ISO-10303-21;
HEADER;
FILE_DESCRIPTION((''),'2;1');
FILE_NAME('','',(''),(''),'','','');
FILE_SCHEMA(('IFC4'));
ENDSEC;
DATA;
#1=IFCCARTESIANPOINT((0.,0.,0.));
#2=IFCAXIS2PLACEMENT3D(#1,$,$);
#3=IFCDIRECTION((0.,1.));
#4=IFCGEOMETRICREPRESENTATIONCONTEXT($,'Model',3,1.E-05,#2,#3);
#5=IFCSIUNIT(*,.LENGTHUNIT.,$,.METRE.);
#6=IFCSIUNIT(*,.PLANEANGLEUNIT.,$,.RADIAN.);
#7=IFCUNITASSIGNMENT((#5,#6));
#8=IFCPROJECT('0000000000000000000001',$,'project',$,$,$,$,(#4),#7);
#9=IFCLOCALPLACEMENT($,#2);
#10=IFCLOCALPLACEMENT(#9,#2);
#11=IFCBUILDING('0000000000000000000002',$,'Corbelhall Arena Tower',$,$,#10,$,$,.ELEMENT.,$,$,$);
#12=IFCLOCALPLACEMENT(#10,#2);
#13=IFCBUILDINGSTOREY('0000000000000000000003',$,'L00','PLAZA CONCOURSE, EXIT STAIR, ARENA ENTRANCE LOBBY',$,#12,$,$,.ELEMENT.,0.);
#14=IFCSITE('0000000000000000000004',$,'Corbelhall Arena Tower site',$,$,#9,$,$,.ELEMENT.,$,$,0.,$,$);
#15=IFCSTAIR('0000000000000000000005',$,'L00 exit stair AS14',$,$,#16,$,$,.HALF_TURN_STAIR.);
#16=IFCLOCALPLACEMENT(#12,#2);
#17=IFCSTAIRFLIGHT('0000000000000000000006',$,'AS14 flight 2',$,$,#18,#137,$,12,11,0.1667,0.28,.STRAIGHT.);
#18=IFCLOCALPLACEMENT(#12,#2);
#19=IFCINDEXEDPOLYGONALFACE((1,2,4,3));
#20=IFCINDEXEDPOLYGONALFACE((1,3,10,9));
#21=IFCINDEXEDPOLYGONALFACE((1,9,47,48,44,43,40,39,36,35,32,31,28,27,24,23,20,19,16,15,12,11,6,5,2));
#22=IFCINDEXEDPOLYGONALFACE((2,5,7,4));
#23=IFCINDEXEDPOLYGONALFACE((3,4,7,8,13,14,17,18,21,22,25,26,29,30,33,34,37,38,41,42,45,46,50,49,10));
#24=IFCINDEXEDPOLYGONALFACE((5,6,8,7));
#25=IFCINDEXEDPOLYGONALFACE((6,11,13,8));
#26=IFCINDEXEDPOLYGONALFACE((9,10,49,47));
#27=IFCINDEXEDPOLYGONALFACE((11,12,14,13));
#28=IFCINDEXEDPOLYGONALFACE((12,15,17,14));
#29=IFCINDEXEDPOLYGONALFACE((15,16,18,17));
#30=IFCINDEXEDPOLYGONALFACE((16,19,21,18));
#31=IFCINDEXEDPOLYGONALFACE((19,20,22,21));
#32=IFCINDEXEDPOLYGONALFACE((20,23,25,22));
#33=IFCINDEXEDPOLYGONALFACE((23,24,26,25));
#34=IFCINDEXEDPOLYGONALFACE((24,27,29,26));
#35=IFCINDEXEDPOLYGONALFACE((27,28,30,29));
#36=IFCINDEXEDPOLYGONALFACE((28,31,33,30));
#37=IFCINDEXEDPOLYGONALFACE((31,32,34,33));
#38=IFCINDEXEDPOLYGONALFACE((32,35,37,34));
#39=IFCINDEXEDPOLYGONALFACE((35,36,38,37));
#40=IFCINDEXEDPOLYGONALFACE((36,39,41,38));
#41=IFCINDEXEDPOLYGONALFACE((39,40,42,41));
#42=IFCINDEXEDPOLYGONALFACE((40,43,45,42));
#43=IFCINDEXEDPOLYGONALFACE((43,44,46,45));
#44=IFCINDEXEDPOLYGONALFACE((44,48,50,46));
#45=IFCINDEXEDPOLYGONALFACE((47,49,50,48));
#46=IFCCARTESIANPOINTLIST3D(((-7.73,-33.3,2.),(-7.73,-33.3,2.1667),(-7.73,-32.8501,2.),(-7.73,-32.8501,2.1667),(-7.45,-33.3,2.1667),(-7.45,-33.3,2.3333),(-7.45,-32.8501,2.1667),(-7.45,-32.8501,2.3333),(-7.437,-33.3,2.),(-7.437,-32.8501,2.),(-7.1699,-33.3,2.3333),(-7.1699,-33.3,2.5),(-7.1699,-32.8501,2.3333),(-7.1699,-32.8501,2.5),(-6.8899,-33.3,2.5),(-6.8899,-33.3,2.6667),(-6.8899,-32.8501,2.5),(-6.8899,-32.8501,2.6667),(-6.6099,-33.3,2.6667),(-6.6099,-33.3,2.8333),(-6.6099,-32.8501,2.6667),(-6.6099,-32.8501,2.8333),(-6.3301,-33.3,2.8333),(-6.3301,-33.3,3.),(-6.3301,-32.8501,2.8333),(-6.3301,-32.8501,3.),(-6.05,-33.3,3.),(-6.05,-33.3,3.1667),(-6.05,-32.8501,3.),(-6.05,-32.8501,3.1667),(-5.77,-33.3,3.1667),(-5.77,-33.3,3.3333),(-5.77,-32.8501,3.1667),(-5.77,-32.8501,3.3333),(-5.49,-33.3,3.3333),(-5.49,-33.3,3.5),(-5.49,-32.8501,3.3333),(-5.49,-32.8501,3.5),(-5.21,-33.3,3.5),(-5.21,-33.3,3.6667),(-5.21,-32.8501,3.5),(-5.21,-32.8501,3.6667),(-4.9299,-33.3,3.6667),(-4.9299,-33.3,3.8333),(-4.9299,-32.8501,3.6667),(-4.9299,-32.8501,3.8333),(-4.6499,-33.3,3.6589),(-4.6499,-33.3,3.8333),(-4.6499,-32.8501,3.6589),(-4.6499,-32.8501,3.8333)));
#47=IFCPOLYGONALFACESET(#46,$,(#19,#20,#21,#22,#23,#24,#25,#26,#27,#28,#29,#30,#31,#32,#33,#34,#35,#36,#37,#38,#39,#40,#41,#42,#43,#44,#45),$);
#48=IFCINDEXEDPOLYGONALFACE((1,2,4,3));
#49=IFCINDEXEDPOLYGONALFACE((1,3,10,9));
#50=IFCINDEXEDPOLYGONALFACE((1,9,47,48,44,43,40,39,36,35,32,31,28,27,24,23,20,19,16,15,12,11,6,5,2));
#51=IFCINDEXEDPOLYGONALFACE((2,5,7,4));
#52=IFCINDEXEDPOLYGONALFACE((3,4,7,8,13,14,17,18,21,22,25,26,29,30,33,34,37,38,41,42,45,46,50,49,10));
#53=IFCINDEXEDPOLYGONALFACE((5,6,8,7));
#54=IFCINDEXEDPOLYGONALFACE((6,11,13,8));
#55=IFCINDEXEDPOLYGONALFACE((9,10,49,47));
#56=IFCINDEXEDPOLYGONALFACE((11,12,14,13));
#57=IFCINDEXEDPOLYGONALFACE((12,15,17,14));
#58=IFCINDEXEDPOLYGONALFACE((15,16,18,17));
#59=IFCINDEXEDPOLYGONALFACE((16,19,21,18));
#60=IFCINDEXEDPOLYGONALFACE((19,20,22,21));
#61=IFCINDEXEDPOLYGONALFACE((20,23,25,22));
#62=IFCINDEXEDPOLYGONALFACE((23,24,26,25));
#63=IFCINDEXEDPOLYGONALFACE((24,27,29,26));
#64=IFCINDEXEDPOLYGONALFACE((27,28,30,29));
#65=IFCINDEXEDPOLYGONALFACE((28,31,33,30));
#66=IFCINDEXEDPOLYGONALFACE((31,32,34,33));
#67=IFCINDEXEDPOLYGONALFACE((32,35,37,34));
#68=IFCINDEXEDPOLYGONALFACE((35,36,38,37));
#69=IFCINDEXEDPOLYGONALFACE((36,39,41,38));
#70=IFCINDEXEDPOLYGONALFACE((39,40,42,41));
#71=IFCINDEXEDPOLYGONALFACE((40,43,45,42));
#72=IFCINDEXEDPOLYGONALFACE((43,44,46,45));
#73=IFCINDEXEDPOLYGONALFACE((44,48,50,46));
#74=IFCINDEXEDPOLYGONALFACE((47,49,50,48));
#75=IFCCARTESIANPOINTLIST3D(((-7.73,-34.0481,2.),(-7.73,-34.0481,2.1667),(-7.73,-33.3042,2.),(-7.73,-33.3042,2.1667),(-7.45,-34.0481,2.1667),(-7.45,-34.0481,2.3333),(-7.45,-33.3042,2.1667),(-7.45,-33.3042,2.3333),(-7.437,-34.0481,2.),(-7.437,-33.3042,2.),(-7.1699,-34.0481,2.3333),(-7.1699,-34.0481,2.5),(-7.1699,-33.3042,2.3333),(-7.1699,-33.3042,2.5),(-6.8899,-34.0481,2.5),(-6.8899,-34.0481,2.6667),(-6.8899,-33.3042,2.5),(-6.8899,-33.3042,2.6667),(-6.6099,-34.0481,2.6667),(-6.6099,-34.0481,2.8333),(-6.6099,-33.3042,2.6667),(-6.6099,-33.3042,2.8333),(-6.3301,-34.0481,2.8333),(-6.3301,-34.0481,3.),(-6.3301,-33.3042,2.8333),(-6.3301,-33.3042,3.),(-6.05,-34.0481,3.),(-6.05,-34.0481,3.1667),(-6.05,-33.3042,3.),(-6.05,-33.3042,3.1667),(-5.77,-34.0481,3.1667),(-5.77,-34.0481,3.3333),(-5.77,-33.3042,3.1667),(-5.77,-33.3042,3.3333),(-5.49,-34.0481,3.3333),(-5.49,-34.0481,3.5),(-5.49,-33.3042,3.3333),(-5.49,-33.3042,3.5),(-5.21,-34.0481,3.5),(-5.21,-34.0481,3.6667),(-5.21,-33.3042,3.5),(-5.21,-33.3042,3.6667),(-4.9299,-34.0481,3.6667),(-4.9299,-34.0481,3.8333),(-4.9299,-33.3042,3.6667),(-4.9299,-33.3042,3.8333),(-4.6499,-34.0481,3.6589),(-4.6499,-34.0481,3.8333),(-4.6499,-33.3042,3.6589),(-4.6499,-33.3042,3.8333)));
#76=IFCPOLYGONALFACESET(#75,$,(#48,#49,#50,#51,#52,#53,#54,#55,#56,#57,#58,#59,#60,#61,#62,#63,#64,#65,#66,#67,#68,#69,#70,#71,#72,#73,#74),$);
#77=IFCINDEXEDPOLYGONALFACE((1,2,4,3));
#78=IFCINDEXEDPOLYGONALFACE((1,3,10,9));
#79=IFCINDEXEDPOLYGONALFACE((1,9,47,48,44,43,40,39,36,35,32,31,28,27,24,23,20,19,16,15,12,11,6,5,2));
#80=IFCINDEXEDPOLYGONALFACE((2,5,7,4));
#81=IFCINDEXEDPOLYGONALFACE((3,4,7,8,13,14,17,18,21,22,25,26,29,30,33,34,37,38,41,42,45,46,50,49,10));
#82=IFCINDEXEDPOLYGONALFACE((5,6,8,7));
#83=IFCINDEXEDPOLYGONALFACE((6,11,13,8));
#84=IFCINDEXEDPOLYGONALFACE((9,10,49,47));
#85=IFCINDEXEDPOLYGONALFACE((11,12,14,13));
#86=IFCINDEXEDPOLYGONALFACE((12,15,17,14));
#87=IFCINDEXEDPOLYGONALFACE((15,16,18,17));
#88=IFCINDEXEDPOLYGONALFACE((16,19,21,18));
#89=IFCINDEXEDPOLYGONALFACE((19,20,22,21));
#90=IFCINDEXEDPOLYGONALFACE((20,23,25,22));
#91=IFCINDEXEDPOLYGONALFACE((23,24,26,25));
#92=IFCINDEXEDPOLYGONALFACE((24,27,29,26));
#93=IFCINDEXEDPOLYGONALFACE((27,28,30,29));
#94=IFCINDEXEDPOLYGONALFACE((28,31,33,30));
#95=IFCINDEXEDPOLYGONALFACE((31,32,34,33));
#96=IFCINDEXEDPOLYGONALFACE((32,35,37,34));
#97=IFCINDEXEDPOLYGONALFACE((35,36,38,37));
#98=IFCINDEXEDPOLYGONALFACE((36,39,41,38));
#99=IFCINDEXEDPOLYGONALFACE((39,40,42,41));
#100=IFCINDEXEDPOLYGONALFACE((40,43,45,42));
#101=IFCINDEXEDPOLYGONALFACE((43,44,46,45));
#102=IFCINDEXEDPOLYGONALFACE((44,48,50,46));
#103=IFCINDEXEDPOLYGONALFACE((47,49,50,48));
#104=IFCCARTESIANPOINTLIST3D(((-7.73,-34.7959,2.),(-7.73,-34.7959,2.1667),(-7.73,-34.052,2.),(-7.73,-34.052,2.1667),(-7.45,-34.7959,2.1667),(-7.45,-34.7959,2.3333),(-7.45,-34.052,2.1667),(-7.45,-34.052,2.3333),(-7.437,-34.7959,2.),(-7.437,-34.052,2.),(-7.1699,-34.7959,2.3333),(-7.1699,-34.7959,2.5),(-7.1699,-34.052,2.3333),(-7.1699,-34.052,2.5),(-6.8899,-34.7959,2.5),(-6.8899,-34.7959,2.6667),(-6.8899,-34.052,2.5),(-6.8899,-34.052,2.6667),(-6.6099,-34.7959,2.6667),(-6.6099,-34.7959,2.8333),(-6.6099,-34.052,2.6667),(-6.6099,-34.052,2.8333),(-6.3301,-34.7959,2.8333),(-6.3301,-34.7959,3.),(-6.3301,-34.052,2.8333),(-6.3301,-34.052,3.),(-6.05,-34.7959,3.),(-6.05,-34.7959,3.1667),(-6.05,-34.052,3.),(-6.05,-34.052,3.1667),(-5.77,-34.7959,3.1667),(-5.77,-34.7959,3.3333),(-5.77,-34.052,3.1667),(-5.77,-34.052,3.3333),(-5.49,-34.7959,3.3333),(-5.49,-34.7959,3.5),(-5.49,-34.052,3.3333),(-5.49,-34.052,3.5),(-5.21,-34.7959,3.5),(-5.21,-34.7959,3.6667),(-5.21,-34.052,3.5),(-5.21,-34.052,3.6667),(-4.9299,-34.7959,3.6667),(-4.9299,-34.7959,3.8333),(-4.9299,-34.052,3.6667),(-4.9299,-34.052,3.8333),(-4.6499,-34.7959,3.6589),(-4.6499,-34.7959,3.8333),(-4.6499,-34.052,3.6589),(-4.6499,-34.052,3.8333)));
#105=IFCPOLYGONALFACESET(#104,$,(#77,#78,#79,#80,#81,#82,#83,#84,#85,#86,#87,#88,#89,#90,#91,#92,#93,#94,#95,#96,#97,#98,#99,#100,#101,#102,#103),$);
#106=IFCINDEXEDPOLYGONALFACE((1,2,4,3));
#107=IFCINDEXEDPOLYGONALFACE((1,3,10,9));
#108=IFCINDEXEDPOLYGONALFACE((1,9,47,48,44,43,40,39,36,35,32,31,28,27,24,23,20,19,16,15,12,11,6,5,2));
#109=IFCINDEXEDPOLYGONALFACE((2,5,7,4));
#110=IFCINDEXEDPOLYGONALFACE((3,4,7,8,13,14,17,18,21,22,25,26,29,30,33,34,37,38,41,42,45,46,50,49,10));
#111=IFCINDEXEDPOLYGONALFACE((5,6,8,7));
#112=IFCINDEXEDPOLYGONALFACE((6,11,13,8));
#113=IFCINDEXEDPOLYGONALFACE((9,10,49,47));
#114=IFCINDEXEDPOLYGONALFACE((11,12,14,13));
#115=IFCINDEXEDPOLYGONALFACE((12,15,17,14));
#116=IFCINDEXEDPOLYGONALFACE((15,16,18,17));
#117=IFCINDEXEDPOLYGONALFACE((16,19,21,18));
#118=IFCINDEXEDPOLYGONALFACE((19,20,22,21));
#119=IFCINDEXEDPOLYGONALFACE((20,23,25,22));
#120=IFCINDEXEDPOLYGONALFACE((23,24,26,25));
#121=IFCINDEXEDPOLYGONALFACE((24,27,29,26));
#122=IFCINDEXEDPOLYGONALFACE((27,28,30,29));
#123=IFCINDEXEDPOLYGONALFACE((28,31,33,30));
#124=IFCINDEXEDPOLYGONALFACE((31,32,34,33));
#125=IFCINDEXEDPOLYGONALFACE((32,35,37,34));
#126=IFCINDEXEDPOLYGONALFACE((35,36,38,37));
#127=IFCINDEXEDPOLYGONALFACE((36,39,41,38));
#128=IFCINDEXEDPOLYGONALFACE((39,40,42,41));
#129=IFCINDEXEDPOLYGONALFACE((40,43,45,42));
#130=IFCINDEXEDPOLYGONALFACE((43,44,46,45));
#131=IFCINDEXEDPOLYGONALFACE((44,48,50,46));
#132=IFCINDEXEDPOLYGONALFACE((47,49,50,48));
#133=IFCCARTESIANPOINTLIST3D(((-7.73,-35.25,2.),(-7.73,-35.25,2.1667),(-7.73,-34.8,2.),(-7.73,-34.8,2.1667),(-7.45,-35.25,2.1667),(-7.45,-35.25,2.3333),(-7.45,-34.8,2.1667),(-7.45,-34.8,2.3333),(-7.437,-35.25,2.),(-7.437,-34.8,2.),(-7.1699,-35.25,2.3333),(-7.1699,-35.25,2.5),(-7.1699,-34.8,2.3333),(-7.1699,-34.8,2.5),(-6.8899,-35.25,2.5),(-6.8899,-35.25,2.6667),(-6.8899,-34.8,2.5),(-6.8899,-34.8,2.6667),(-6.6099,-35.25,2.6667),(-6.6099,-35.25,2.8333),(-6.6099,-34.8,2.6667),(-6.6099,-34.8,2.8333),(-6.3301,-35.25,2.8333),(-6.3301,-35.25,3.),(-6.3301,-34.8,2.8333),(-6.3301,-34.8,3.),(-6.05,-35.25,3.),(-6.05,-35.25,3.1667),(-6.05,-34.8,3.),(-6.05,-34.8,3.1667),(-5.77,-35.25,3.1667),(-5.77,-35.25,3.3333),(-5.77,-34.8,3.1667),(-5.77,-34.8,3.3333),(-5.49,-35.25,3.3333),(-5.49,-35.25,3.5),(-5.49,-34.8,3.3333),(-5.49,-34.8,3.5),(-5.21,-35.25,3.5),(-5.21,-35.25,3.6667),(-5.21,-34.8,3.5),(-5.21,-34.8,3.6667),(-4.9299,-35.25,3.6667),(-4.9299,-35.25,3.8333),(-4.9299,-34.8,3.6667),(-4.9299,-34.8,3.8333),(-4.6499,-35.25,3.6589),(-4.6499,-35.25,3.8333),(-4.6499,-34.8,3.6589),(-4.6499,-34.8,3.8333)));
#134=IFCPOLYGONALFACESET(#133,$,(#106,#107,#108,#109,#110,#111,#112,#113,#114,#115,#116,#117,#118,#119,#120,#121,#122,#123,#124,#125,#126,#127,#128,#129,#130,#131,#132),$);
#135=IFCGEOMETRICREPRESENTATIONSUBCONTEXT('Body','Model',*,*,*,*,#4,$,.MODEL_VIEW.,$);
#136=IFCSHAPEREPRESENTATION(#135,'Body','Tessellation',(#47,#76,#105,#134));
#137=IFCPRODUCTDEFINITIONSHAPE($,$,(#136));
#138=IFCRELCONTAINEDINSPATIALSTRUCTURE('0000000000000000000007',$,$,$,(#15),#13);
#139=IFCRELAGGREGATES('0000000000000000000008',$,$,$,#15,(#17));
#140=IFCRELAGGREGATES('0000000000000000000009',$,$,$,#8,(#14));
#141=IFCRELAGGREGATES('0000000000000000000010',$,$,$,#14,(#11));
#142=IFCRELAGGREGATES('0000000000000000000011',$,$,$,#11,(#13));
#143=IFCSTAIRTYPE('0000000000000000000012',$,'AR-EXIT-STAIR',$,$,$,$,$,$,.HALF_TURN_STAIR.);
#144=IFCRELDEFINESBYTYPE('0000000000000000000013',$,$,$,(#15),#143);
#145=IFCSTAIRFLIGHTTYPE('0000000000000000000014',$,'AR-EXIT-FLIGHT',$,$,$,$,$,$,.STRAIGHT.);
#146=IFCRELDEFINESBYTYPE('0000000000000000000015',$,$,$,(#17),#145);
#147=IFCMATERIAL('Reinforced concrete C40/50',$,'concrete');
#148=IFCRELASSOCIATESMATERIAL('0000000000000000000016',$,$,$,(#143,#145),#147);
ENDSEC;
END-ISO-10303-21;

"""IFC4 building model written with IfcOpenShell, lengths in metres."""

from ifc_helpers import new_model, si_unit, direction, frame, origin, place, context, subcontext, project, spatial, polyline, outline, extrude, material, type_object, element, aggregate, save


model = new_model("IFC4")

# Units and contexts
model_context = context("Model", 3, precision=1e-05, world=origin(), true_north=direction((0.0, 1.0)))
body_context = subcontext(model_context, "Body", "Model", "MODEL_VIEW")
ifc_project = project(units=[si_unit("LENGTHUNIT", "METRE"), si_unit("PLANEANGLEUNIT", "RADIAN")], contexts=[model_context])

# Site, building, storey
site_placement = place(None, origin())
site = spatial("IfcSite", under=ifc_project, at=site_placement, Name="Corbelhall Arena Tower site", CompositionType="ELEMENT", RefElevation=0.0)
building_placement = place(site_placement, origin())
building = spatial("IfcBuilding", under=site, at=building_placement, Name="Corbelhall Arena Tower", CompositionType="ELEMENT")
storey_placement = place(building_placement, origin())
storey = spatial("IfcBuildingStorey", under=building, at=storey_placement, Name="L00", Description="PLAZA CONCOURSE, EXIT STAIR, ARENA ENTRANCE LOBBY", CompositionType="ELEMENT", Elevation=0.0)

# Shared definitions
ifc_material_1 = material(Name="Reinforced concrete C40/50", Category="concrete")

# Stair, stair flight
stair_type = type_object("IfcStairType", Name="AR-EXIT-STAIR", PredefinedType="HALF_TURN_STAIR", material=ifc_material_1)
stair_placement = place(storey_placement, origin())
stair = element("IfcStair", 1, at=stair_placement, inside=storey, type_object=stair_type, Name="L00 exit stair AS14", PredefinedType="HALF_TURN_STAIR")
stair_flight_type = type_object("IfcStairFlightType", Name="AR-EXIT-FLIGHT", PredefinedType="STRAIGHT", material=ifc_material_1)
stair_flight_1_placement = place(storey_placement, frame((-7.73, -34.05, 2.0), z_axis=(0.0, 0.0, 1.0), x_axis=(1.0, 0.0, 0.0)))
stair_flight_1 = element("IfcStairFlight", 2, at=stair_flight_1_placement, type_object=stair_flight_type, Name="AS14 flight 2", NumberOfRisers=12, NumberOfTreads=11, PredefinedType="STRAIGHT", RiserHeight=0.1667, TreadLength=0.28, context=body_context, shape_type="SweptSolid", body=[
    extrude(outline(polyline([(0.0, 0.0), (0.0, 0.1667), (0.28, 0.1667), (0.28, 0.3333), (0.5601, 0.3333), (0.5601, 0.5), (0.8401, 0.5), (0.8401, 0.6667), (1.1201, 0.6667), (1.1201, 0.8333), (1.3999, 0.8333), (1.3999, 1.0), (1.6799, 1.0), (1.6799, 1.1667), (1.96, 1.1667), (1.96, 1.3333), (2.24, 1.3333), (2.24, 1.5), (2.52, 1.5), (2.52, 1.6667), (2.8, 1.6667), (2.8, 1.8333), (3.0801, 1.8333), (3.0801, 2.0), (3.0801, 1.6589), (0.293, 0.0), (0.0, 0.0)])), frame((0.0, 1.2, 0.0), z_axis=(0.0, -1.0, 0.0), x_axis=(1.0, 0.0, 0.0)), (0.0, 0.0, 1.0), 0.45),
    extrude(outline(polyline([(0.0, 0.0), (0.0, 0.1667), (0.28, 0.1667), (0.28, 0.3333), (0.5601, 0.3333), (0.5601, 0.5), (0.8401, 0.5), (0.8401, 0.6667), (1.1201, 0.6667), (1.1201, 0.8333), (1.3999, 0.8333), (1.3999, 1.0), (1.6799, 1.0), (1.6799, 1.1667), (1.96, 1.1667), (1.96, 1.3333), (2.24, 1.3333), (2.24, 1.5), (2.52, 1.5), (2.52, 1.6667), (2.8, 1.6667), (2.8, 1.8333), (3.0801, 1.8333), (3.0801, 2.0), (3.0801, 1.6589), (0.293, 0.0), (0.0, 0.0)])), frame((0.0, 0.7458, 0.0), z_axis=(0.0, -1.0, 0.0), x_axis=(1.0, 0.0, 0.0)), (0.0, 0.0, 1.0), 0.7439),
    extrude(outline(polyline([(0.0, 0.0), (0.0, 0.1667), (0.28, 0.1667), (0.28, 0.3333), (0.5601, 0.3333), (0.5601, 0.5), (0.8401, 0.5), (0.8401, 0.6667), (1.1201, 0.6667), (1.1201, 0.8333), (1.3999, 0.8333), (1.3999, 1.0), (1.6799, 1.0), (1.6799, 1.1667), (1.96, 1.1667), (1.96, 1.3333), (2.24, 1.3333), (2.24, 1.5), (2.52, 1.5), (2.52, 1.6667), (2.8, 1.6667), (2.8, 1.8333), (3.0801, 1.8333), (3.0801, 2.0), (3.0801, 1.6589), (0.293, 0.0), (0.0, 0.0)])), frame((0.0, -0.002, 0.0), z_axis=(0.0, -1.0, 0.0), x_axis=(1.0, 0.0, 0.0)), (0.0, 0.0, 1.0), 0.7439),
    extrude(outline(polyline([(0.0, 0.0), (0.0, 0.1667), (0.28, 0.1667), (0.28, 0.3333), (0.5601, 0.3333), (0.5601, 0.5), (0.8401, 0.5), (0.8401, 0.6667), (1.1201, 0.6667), (1.1201, 0.8333), (1.3999, 0.8333), (1.3999, 1.0), (1.6799, 1.0), (1.6799, 1.1667), (1.96, 1.1667), (1.96, 1.3333), (2.24, 1.3333), (2.24, 1.5), (2.52, 1.5), (2.52, 1.6667), (2.8, 1.6667), (2.8, 1.8333), (3.0801, 1.8333), (3.0801, 2.0), (3.0801, 1.6589), (0.293, 0.0), (0.0, 0.0)])), frame((0.0, -0.75, 0.0), z_axis=(0.0, -1.0, 0.0), x_axis=(1.0, 0.0, 0.0)), (0.0, 0.0, 1.0), 0.45),
])
aggregate(stair, [stair_flight_1])

save(model, "model.ifc")
